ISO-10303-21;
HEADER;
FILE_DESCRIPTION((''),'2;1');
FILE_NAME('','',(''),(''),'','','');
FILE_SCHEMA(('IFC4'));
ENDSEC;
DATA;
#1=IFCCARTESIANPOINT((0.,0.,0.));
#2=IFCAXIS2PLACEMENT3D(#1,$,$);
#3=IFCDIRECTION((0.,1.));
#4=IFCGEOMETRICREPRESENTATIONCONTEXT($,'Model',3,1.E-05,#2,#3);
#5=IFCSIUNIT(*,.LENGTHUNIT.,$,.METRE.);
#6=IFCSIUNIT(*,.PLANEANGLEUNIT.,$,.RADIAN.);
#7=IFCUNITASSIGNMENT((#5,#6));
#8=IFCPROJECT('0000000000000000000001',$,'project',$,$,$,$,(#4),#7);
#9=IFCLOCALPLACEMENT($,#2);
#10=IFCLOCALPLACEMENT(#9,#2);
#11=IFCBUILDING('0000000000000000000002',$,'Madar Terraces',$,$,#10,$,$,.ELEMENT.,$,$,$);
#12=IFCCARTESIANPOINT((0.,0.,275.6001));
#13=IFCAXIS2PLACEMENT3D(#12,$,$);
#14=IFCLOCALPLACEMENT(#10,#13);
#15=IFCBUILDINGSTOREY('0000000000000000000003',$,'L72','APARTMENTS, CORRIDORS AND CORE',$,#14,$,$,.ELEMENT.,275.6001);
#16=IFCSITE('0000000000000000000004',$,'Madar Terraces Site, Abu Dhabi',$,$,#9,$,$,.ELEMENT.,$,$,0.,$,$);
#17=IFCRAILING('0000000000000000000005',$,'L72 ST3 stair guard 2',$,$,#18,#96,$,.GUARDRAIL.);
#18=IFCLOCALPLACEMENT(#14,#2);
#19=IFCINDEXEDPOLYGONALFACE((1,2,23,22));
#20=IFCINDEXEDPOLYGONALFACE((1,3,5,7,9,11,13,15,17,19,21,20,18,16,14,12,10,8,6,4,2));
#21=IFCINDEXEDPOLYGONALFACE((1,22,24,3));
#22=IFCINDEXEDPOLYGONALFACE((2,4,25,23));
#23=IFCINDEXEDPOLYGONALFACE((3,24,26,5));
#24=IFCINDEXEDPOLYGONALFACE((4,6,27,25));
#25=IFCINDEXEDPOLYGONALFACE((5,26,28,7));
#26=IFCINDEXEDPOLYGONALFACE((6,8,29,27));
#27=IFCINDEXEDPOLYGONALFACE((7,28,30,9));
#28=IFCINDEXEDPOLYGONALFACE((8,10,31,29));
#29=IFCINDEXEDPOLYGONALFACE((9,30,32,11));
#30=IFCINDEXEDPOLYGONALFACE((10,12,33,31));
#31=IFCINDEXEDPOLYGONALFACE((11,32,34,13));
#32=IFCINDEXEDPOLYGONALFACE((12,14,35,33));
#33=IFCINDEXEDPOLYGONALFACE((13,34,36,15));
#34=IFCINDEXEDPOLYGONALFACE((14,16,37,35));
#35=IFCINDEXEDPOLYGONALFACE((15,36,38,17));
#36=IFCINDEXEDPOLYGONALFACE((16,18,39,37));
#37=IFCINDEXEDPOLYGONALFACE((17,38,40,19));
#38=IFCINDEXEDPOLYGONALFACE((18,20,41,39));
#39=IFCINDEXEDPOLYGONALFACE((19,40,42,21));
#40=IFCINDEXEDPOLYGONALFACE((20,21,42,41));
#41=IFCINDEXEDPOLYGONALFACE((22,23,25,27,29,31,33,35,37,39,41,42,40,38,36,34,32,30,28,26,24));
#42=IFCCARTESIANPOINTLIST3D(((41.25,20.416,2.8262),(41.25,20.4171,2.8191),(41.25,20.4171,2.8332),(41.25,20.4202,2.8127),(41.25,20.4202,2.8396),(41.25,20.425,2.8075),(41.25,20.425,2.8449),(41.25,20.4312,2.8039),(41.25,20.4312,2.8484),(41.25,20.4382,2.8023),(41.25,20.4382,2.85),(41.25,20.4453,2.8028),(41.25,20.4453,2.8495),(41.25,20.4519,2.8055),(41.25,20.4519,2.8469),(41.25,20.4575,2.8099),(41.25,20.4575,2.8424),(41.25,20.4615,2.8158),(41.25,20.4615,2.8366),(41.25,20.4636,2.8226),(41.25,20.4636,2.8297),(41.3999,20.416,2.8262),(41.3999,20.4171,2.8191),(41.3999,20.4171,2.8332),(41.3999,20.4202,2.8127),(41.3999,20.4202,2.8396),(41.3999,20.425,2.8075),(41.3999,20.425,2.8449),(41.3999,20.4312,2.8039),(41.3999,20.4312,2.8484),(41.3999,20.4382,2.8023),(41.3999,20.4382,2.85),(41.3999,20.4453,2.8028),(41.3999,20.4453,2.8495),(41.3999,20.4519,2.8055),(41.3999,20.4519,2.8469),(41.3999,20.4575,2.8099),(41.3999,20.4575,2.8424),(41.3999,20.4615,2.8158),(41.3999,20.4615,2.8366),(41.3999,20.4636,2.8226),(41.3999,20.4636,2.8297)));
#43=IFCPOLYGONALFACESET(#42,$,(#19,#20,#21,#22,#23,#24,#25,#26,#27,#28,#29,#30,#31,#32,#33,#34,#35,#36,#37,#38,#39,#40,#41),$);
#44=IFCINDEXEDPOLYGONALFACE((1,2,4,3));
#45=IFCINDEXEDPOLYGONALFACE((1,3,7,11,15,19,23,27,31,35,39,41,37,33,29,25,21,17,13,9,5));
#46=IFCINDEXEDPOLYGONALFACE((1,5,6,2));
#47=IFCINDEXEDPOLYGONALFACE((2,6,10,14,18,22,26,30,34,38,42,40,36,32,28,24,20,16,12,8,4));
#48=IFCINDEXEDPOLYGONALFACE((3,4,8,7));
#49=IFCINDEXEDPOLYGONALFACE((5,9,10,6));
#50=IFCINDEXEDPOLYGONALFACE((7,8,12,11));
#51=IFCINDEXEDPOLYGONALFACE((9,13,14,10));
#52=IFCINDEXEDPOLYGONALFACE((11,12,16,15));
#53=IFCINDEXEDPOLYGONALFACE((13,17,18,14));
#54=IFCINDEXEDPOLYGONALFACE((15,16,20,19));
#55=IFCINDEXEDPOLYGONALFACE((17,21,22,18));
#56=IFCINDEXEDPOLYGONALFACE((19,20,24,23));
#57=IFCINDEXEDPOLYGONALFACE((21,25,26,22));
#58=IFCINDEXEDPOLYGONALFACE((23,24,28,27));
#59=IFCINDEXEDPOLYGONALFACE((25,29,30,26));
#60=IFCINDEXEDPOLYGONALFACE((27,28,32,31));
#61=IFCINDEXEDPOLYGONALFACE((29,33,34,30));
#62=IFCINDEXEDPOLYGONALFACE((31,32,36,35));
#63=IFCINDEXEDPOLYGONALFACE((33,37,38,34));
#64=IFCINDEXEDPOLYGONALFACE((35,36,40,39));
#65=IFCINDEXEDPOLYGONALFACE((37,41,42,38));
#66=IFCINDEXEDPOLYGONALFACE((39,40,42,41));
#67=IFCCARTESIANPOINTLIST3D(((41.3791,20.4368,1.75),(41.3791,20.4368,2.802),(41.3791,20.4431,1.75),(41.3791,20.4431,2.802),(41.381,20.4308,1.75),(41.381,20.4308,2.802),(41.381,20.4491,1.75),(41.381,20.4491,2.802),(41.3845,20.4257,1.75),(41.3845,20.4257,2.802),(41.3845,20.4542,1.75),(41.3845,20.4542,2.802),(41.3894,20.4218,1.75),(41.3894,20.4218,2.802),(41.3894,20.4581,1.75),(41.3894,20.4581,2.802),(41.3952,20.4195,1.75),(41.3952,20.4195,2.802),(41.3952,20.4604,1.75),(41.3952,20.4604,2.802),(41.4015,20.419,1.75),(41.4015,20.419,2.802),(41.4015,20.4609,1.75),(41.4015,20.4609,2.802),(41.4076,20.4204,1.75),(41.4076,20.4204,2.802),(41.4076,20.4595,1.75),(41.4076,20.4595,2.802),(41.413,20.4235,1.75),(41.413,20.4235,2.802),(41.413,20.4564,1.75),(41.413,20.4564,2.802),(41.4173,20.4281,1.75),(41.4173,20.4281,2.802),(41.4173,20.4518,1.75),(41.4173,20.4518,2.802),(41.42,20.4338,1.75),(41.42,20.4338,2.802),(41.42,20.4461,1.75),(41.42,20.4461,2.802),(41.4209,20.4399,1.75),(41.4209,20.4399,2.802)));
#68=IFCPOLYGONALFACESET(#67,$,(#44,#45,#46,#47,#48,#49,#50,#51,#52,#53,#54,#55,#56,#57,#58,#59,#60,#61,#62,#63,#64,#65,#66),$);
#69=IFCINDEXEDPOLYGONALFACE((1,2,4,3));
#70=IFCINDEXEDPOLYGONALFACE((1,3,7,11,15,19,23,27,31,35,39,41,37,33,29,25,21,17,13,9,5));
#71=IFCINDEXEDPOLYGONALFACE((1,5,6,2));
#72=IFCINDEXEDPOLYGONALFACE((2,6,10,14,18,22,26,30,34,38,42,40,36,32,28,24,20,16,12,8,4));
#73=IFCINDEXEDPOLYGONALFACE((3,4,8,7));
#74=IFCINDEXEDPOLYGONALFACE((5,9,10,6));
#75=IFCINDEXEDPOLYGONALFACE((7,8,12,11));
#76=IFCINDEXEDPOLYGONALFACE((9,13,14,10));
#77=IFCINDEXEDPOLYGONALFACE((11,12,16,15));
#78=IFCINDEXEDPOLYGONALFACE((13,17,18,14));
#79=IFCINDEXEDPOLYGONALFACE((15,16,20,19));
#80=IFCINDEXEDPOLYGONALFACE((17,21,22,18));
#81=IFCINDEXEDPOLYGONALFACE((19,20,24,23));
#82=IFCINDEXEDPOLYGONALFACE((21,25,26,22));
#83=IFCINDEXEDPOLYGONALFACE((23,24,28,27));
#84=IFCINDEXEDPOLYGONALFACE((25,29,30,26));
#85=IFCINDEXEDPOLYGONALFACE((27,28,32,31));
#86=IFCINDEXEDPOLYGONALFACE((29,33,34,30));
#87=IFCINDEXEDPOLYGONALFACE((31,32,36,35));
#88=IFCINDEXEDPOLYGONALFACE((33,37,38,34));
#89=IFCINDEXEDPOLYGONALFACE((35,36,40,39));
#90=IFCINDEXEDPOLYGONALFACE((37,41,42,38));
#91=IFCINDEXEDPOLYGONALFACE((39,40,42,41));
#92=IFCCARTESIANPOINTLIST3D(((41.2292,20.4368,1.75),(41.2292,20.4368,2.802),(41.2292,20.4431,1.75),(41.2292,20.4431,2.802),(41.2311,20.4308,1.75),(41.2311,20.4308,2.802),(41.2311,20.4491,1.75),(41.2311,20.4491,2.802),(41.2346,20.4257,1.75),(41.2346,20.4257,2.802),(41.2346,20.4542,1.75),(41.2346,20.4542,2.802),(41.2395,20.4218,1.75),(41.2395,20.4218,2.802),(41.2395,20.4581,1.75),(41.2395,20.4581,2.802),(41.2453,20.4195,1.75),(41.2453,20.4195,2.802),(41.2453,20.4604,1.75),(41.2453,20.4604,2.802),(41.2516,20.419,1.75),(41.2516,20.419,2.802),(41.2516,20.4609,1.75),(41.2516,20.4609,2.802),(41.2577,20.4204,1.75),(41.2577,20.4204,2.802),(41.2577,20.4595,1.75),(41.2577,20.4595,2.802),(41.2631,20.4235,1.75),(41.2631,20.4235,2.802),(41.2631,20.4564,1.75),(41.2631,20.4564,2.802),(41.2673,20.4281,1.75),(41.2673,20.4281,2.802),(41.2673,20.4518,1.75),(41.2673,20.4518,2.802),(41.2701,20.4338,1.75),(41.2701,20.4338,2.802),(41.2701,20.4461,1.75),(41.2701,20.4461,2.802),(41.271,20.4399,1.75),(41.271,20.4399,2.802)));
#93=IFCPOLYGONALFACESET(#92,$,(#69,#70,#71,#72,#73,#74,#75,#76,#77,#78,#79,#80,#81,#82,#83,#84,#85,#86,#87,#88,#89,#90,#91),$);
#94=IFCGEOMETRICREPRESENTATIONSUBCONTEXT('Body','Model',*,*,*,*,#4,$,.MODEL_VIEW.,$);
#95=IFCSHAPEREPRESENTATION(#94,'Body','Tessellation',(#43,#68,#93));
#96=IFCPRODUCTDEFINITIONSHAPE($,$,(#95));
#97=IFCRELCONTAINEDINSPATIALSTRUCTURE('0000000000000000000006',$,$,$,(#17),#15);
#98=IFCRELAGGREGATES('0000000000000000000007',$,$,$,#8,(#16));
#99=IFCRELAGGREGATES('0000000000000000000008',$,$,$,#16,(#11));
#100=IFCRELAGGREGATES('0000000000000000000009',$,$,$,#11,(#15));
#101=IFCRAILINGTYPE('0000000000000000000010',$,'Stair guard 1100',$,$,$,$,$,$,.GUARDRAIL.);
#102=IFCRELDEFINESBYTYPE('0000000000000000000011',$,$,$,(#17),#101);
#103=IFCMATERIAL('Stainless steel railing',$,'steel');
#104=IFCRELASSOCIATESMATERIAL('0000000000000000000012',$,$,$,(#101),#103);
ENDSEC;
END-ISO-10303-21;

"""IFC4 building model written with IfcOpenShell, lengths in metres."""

from ifc_helpers import new_model, si_unit, direction, frame, origin, origin_2d, place, context, subcontext, project, spatial, circle, extrude, material, type_object, element, save


model = new_model("IFC4")

# Units and contexts
model_context = context("Model", 3, precision=1e-05, world=origin(), true_north=direction((0.0, 1.0)))
body_context = subcontext(model_context, "Body", "Model", "MODEL_VIEW")
ifc_project = project(units=[si_unit("LENGTHUNIT", "METRE"), si_unit("PLANEANGLEUNIT", "RADIAN")], contexts=[model_context])

# Site, building, storey
site_placement = place(None, origin())
site = spatial("IfcSite", under=ifc_project, at=site_placement, Name="Madar Terraces Site, Abu Dhabi", CompositionType="ELEMENT", RefElevation=0.0)
building_placement = place(site_placement, origin())
building = spatial("IfcBuilding", under=site, at=building_placement, Name="Madar Terraces", CompositionType="ELEMENT")
storey_placement = place(building_placement, frame((0.0, 0.0, 275.6001)))
storey = spatial("IfcBuildingStorey", under=building, at=storey_placement, Name="L72", Description="APARTMENTS, CORRIDORS AND CORE", CompositionType="ELEMENT", Elevation=275.6001)

# Railing
ifc_material_1 = material(Name="Stainless steel railing", Category="steel")
railing_type_1 = type_object("IfcRailingType", Name="Stair guard 1100", PredefinedType="GUARDRAIL", material=ifc_material_1)
railing_1_placement = place(storey_placement, frame((41.3999, 20.4399, 1.75)))
element("IfcRailing", 1, at=railing_1_placement, inside=storey, type_object=railing_type_1, Name="L72 ST3 stair guard 2", PredefinedType="GUARDRAIL", context=body_context, shape_type="SweptSolid", body=[
    extrude(circle(Radius=0.0239, at=origin_2d()), frame((0.0, 0.0, 1.0762), z_axis=(-1.0, 0.0, 0.0), x_axis=(0.0, -1.0, 0.0)), (0.0, 0.0, 1.0), 0.1499),
    extrude(circle(Radius=0.021, at=origin_2d()), origin(), (0.0, 0.0, 1.0), 1.052),
    extrude(circle(Radius=0.021, at=origin_2d()), frame((-0.1499, 0.0, 0.0)), (0.0, 0.0, 1.0), 1.052),
])

save(model, "model.ifc")
